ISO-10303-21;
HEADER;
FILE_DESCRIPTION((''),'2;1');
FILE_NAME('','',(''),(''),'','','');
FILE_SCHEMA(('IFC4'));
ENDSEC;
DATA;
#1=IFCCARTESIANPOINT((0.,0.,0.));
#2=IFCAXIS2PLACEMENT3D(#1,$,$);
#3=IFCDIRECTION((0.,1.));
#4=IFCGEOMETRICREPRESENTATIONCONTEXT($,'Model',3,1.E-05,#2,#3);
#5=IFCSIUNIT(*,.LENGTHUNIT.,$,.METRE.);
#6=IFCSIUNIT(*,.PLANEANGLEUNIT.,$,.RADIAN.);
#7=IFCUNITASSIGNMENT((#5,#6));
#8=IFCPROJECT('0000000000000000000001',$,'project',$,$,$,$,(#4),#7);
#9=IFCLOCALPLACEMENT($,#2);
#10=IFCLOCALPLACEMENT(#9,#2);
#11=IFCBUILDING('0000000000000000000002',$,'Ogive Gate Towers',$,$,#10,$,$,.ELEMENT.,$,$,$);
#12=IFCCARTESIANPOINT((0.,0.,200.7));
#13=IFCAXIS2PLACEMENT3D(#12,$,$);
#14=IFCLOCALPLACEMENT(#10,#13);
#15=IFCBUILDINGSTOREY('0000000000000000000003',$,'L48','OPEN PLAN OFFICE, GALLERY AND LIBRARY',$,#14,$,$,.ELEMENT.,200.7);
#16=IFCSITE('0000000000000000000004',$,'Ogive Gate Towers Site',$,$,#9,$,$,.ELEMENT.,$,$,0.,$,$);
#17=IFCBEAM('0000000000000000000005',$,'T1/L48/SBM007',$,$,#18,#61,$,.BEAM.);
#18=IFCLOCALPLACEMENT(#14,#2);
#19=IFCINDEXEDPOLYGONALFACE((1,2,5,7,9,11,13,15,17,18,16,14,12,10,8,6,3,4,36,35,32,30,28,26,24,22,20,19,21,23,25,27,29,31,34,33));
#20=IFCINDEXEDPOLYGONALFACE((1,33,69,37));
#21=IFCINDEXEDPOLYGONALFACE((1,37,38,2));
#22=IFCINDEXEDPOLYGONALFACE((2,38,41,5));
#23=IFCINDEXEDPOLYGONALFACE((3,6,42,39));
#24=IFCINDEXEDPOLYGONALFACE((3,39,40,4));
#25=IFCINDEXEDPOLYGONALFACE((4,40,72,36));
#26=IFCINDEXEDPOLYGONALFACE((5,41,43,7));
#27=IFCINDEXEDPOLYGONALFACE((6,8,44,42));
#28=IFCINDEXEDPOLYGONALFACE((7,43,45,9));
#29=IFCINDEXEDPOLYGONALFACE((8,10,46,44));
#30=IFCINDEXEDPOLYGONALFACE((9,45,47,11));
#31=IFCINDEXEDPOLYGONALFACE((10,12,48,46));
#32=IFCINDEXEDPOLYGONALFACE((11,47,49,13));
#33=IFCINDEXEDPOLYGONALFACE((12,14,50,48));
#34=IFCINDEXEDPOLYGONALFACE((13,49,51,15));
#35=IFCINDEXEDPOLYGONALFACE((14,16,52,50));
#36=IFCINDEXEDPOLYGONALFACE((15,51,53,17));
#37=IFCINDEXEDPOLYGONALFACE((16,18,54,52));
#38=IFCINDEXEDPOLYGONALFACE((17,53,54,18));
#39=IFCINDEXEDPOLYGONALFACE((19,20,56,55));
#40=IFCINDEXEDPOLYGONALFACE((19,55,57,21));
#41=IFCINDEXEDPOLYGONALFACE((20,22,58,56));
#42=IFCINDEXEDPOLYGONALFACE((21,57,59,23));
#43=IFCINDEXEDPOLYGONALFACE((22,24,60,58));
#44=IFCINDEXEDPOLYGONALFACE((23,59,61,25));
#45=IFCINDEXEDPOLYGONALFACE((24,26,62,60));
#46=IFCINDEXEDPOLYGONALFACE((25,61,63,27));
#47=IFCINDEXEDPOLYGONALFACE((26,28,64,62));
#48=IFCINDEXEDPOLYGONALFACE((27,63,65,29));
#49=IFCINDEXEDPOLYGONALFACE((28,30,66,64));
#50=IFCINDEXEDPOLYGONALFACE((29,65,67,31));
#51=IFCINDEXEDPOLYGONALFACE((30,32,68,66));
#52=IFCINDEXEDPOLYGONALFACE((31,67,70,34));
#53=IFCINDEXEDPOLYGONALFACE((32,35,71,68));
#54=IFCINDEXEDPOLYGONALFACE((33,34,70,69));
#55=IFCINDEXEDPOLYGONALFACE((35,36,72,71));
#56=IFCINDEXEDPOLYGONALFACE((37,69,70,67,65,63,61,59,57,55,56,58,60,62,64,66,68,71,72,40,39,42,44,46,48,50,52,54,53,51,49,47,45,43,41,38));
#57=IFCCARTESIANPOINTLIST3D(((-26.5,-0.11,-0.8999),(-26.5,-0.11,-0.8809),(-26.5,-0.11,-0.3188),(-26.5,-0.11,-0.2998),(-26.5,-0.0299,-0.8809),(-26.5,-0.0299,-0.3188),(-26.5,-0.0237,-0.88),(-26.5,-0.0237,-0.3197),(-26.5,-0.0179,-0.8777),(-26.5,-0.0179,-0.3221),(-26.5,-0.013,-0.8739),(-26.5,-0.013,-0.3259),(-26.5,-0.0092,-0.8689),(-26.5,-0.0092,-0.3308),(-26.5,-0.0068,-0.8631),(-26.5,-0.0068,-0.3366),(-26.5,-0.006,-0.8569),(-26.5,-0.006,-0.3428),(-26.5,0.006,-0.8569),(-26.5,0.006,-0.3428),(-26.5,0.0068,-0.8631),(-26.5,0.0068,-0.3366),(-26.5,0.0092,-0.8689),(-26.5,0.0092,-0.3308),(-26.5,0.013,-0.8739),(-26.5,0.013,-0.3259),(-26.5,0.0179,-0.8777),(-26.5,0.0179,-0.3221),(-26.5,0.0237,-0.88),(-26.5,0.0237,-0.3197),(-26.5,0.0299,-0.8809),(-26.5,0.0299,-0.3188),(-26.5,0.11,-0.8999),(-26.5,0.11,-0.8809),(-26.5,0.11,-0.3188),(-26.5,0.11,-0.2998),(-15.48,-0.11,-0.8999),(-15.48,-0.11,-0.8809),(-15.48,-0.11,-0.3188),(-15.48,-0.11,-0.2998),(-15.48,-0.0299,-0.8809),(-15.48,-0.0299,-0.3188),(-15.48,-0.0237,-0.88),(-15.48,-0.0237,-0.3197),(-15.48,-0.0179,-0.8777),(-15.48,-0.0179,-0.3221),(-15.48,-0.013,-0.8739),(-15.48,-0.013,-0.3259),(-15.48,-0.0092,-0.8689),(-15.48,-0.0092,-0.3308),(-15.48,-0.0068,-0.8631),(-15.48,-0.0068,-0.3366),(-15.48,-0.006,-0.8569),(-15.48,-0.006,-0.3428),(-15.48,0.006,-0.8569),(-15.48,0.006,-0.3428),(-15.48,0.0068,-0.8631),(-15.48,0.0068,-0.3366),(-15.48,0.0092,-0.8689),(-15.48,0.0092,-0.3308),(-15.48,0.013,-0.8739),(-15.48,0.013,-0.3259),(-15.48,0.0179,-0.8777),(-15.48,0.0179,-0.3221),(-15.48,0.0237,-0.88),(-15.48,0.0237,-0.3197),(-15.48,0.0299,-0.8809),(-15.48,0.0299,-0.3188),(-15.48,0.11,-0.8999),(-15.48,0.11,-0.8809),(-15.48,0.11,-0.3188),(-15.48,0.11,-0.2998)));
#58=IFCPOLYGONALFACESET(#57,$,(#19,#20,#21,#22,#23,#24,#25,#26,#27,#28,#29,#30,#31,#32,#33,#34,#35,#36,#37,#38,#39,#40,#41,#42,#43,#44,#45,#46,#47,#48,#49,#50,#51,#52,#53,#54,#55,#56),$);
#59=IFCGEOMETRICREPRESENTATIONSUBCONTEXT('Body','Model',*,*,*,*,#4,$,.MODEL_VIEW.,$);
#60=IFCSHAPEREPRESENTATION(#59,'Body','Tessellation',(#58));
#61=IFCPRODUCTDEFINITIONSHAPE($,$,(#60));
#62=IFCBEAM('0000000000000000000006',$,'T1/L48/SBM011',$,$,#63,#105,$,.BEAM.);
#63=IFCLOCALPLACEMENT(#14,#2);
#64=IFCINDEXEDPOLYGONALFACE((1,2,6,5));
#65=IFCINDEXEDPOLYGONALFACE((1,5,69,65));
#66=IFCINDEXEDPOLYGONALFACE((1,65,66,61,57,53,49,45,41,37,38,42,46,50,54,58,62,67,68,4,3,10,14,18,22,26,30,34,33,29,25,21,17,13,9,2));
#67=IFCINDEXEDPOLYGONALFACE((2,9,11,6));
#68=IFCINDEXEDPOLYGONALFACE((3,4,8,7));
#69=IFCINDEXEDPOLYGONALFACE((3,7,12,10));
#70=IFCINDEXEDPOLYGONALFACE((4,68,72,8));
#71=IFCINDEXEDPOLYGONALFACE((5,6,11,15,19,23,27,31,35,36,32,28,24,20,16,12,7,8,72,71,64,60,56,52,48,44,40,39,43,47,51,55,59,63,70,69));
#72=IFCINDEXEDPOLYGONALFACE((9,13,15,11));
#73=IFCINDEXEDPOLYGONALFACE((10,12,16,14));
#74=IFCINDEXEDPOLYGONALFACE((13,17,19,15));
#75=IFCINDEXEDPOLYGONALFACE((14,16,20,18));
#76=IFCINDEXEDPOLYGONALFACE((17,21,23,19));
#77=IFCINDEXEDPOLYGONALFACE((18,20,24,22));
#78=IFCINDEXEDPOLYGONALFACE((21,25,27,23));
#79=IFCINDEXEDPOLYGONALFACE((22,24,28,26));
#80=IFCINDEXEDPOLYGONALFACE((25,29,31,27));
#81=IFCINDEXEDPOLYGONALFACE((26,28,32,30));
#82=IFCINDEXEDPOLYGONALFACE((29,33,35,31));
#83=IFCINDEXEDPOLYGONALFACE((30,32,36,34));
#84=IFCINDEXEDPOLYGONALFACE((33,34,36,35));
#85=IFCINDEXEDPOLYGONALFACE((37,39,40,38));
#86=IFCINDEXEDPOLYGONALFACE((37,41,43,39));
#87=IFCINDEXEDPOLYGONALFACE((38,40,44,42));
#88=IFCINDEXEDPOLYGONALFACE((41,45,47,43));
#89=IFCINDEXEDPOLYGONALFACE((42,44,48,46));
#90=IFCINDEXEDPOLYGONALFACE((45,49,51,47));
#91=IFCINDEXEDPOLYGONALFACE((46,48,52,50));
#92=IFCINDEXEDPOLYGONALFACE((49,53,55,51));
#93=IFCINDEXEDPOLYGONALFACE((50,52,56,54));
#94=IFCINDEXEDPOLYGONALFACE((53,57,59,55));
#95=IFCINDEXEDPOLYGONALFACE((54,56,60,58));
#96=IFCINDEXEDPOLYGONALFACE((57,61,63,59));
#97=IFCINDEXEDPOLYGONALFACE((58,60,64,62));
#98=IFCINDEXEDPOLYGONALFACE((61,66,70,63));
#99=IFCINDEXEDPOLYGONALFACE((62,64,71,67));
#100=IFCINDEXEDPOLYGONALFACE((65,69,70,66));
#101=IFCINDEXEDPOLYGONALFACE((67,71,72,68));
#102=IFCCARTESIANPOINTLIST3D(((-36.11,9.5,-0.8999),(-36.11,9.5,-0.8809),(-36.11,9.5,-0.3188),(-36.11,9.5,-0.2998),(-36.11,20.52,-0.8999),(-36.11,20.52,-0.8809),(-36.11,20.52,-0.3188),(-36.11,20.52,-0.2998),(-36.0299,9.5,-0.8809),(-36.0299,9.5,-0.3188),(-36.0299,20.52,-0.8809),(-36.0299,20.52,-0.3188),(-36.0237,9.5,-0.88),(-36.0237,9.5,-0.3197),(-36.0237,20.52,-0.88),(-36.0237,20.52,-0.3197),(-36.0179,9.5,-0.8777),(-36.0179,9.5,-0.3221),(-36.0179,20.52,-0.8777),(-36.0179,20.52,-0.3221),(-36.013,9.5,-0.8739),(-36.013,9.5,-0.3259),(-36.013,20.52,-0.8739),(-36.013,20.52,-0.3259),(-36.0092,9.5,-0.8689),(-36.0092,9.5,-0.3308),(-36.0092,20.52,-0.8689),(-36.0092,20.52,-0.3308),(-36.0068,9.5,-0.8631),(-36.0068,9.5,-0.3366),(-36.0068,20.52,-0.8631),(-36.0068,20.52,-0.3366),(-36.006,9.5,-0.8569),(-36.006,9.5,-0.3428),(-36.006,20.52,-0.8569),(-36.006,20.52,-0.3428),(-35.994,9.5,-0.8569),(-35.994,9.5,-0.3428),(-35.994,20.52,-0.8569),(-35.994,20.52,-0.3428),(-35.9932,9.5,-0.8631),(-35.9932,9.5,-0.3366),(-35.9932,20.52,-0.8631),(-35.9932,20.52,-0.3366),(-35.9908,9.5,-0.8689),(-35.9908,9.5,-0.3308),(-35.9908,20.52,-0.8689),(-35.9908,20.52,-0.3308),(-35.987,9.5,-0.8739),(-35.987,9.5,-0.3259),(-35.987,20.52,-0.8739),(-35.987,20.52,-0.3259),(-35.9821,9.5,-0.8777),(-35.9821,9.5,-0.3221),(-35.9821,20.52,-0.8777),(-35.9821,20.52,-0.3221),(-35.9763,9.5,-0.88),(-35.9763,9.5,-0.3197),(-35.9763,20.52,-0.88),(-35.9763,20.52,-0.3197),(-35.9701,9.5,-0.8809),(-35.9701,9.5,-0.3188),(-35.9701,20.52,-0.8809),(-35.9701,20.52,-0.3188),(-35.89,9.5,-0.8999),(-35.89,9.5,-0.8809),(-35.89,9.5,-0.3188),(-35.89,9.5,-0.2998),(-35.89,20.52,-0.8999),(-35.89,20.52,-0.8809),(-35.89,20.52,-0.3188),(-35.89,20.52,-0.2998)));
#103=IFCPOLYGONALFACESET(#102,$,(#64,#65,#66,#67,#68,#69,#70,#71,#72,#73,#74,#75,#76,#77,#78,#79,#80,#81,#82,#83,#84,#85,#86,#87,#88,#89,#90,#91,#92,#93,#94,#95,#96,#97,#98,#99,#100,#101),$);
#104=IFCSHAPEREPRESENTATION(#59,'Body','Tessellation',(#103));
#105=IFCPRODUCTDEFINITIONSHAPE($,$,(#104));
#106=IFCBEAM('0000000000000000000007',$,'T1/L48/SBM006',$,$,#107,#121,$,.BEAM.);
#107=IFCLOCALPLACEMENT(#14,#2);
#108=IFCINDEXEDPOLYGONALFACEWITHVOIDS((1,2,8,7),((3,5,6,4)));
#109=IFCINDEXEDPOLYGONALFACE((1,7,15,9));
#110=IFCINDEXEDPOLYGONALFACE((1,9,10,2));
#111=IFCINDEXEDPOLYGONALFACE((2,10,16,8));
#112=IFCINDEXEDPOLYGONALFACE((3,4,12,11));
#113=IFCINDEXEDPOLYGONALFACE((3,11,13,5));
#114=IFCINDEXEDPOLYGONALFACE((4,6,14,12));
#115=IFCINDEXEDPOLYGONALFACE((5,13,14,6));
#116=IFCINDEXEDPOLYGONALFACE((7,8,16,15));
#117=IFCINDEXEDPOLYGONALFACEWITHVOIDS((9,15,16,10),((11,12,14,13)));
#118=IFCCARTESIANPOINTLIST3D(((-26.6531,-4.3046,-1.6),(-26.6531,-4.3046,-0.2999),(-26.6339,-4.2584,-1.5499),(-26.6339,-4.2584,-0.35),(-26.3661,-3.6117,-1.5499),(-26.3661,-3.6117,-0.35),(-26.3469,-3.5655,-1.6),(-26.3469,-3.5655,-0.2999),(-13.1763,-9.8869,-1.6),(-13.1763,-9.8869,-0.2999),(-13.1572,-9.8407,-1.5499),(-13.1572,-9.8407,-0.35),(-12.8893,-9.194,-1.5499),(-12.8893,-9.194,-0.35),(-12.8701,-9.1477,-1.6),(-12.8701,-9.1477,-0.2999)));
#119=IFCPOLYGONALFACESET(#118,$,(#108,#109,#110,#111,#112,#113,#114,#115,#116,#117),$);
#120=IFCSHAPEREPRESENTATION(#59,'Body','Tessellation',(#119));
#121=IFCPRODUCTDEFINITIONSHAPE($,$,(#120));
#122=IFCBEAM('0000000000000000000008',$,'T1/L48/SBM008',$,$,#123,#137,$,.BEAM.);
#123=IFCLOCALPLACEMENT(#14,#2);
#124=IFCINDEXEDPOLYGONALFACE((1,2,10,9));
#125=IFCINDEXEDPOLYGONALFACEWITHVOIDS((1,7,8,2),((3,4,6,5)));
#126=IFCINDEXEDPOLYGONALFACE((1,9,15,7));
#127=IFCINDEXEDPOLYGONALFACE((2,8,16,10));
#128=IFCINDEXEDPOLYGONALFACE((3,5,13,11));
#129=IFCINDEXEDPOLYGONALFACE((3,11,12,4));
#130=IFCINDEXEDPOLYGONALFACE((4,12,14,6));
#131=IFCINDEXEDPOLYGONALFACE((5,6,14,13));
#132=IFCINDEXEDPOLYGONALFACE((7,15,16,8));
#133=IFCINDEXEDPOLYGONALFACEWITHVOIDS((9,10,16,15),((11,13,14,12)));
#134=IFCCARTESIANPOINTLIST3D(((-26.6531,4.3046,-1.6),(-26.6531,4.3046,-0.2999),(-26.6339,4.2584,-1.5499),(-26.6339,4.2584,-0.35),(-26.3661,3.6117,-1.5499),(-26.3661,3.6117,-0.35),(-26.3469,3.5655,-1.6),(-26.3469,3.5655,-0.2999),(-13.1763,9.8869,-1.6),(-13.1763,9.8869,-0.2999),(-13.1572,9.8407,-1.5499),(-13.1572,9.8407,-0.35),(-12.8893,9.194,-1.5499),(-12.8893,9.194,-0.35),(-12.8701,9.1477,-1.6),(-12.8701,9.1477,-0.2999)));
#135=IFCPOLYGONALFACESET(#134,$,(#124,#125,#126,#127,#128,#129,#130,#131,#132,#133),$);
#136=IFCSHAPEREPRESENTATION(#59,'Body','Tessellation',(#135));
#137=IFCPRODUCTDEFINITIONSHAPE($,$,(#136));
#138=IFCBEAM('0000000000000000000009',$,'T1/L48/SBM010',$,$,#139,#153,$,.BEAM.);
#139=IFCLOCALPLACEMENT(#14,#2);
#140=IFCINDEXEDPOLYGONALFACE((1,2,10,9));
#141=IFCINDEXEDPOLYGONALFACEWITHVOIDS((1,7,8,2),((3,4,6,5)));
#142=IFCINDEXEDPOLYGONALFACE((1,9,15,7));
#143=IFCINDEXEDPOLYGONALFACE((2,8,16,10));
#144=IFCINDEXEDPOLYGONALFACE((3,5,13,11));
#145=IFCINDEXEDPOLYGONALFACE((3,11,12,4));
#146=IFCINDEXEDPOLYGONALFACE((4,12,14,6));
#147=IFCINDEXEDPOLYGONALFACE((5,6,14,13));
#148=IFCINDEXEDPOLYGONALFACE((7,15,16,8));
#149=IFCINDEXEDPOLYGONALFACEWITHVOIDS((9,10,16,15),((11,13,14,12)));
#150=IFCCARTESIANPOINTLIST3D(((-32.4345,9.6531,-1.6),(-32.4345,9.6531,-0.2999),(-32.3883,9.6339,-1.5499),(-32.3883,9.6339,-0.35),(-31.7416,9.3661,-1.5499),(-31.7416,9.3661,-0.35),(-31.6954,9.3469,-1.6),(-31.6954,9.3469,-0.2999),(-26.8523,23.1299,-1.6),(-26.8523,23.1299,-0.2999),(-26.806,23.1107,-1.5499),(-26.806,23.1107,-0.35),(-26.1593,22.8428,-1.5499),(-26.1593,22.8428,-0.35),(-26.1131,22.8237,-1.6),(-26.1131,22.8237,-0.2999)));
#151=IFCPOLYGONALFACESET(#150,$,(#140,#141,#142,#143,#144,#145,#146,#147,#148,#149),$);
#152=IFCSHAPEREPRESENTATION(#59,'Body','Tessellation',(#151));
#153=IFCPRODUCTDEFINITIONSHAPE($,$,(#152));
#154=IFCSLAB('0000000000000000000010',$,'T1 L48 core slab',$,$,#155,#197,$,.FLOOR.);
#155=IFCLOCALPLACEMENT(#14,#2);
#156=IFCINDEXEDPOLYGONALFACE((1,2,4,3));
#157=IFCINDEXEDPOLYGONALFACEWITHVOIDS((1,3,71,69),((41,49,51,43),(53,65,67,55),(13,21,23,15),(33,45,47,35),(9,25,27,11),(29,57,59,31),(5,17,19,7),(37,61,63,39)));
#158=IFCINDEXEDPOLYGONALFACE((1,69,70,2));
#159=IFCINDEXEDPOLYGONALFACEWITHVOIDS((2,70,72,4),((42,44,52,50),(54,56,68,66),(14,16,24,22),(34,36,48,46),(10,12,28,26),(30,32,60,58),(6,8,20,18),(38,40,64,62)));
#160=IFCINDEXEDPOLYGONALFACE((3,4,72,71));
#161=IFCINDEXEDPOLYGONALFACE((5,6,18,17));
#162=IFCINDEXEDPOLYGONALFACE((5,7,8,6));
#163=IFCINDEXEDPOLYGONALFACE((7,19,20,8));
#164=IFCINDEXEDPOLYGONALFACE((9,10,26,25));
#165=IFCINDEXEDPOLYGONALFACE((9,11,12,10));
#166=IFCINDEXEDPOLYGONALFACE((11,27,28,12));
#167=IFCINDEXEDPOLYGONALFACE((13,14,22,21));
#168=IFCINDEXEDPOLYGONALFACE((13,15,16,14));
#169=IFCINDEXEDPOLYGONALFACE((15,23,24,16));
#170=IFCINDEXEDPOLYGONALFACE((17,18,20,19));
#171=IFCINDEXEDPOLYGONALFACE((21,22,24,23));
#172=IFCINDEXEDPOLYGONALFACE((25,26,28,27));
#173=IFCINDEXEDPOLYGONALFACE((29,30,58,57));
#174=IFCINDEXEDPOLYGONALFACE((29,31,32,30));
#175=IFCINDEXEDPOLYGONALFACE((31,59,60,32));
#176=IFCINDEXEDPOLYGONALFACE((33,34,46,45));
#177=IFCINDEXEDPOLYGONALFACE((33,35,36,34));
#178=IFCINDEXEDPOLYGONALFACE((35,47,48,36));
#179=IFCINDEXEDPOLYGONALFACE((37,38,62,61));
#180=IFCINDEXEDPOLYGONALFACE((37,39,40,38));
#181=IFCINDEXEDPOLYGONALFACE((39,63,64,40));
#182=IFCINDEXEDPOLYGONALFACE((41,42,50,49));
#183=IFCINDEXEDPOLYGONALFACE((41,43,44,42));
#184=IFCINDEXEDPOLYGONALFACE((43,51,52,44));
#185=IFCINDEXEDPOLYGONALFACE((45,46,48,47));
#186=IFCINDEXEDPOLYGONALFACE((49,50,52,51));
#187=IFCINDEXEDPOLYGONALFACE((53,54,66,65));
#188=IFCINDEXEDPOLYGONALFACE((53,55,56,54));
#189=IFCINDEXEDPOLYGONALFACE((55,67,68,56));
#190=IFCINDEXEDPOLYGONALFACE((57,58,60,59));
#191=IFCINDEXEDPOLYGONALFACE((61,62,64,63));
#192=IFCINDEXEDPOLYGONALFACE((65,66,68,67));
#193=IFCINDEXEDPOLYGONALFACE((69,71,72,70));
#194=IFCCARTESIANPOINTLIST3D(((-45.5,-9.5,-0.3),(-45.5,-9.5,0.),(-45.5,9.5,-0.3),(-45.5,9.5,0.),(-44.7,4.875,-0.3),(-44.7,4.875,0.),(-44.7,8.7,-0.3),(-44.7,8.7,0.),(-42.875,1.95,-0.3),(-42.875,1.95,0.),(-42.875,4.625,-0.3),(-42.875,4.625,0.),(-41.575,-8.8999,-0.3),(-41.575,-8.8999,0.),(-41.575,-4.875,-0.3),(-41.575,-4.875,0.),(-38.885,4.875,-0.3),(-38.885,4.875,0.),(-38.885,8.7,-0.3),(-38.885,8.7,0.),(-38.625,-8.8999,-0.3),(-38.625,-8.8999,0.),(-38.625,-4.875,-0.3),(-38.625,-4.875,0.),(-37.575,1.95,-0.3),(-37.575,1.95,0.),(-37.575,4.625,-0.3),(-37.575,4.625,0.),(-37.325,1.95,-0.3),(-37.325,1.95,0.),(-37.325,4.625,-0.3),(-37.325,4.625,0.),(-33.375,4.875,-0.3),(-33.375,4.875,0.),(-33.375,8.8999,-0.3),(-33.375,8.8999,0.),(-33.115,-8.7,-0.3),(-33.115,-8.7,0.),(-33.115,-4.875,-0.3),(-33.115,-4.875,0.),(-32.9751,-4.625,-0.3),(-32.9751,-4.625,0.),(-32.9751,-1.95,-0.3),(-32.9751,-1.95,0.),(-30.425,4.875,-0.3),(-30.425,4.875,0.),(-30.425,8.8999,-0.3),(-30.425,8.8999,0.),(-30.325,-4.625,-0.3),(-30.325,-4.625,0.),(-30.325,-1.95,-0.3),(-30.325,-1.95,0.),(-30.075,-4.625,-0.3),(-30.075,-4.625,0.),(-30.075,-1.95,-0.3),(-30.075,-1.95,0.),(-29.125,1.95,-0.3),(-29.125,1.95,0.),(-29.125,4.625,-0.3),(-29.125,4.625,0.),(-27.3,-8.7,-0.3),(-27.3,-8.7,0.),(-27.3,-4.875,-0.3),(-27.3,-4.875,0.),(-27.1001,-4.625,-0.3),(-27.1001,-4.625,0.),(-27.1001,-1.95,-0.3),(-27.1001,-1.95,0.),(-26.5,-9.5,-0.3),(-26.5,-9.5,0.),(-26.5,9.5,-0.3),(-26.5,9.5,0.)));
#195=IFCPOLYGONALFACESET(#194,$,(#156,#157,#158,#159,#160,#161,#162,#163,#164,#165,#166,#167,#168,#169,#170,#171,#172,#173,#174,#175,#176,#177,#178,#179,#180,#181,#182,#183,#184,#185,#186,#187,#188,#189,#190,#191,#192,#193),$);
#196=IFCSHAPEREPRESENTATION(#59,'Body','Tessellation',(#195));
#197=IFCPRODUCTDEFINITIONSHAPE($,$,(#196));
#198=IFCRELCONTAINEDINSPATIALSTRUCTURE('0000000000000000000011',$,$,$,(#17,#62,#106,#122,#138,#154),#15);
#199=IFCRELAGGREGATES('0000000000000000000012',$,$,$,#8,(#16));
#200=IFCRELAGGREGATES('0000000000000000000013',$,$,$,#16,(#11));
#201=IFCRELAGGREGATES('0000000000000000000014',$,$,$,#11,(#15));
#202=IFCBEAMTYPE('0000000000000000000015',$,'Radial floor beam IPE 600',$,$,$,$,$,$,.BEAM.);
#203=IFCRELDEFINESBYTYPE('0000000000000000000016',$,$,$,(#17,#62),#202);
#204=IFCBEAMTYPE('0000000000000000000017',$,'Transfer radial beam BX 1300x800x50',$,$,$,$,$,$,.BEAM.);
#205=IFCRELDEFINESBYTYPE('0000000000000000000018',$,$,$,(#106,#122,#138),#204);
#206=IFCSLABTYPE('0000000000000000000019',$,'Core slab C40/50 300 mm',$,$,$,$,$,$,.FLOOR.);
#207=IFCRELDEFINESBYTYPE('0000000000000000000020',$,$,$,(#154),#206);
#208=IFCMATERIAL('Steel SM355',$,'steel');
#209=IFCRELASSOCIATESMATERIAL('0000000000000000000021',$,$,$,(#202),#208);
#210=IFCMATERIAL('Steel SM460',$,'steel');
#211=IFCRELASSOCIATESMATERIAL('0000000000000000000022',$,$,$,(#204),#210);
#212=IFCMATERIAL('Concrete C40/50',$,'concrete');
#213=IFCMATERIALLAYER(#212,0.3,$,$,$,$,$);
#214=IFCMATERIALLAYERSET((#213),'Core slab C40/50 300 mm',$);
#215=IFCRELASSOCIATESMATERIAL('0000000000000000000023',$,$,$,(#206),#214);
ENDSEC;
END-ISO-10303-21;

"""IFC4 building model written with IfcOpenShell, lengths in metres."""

from ifc_helpers import new_model, si_unit, direction, frame, origin, origin_2d, place, context, subcontext, project, spatial, polyline, hollow_rectangle, i_section, outline, extrude, material, layer, layer_set, material_profile, profile_set, type_object, element, save


model = new_model("IFC4")

# Units and contexts
model_context = context("Model", 3, precision=1e-05, world=origin(), true_north=direction((0.0, 1.0)))
body_context = subcontext(model_context, "Body", "Model", "MODEL_VIEW")
ifc_project = project(units=[si_unit("LENGTHUNIT", "METRE"), si_unit("PLANEANGLEUNIT", "RADIAN")], contexts=[model_context])

# Site, building, storey
site_placement = place(None, origin())
site = spatial("IfcSite", under=ifc_project, at=site_placement, Name="Ogive Gate Towers Site", CompositionType="ELEMENT", RefElevation=0.0)
building_placement = place(site_placement, origin())
building = spatial("IfcBuilding", under=site, at=building_placement, Name="Ogive Gate Towers", CompositionType="ELEMENT")
storey_placement = place(building_placement, frame((0.0, 0.0, 200.7)))
storey = spatial("IfcBuildingStorey", under=building, at=storey_placement, Name="L48", Description="OPEN PLAN OFFICE, GALLERY AND LIBRARY", CompositionType="ELEMENT", Elevation=200.7)

# Shared definitions
ifc_material_1 = material(Name="Steel SM460", Category="steel")

# Beams
ifc_material_2 = material(Name="Steel SM355", Category="steel")
ifc_material_profile_1 = material_profile(ifc_material_2, i_section(OverallWidth=0.22, OverallDepth=0.6001, WebThickness=0.012, FlangeThickness=0.019, FilletRadius=0.0239, at=origin_2d()), Name="IPE 600")
ifc_profile_set_1 = profile_set([ifc_material_profile_1], Name="Steel SM355")
beam_type_1 = type_object("IfcBeamType", Name="Radial floor beam IPE 600", PredefinedType="BEAM", material=ifc_profile_set_1)
for number, where, z_axis, x_axis, name in (
    (1, (-26.5, 0.0, -0.5999), (1.0, 0.0, 0.0), (0.0, 1.0, 0.0), "T1/L48/SBM007"),
    (2, (-36.0, 9.5, -0.5999), (0.0, 1.0, 0.0), (-1.0, 0.0, 0.0), "T1/L48/SBM011"),
):
    element("IfcBeam", number, at=place(storey_placement, frame(where, z_axis=z_axis, x_axis=x_axis)), inside=storey, type_object=beam_type_1, Name=name, PredefinedType="BEAM", context=body_context, shape_type="SweptSolid", body=[
        extrude(i_section(OverallWidth=0.22, OverallDepth=0.6001, WebThickness=0.012, FlangeThickness=0.019, FilletRadius=0.0239, at=origin_2d()), origin(), (0.0, 0.0, 1.0), 11.02),
    ])
ifc_material_profile_2 = material_profile(ifc_material_1, hollow_rectangle(XDim=0.8, YDim=1.3, WallThickness=0.05, at=origin_2d()), Name="BX 1300x800x50")
ifc_profile_set_2 = profile_set([ifc_material_profile_2], Name="Steel SM460")
beam_type_2 = type_object("IfcBeamType", Name="Transfer radial beam BX 1300x800x50", PredefinedType="BEAM", material=ifc_profile_set_2)
for number, where, z_axis, x_axis, name in (
    (3, (-26.5, -3.9351, -0.95), (0.92388, -0.382683, 0.0), (0.382683, 0.92388, 0.0), "T1/L48/SBM006"),
    (4, (-26.5, 3.9351, -0.95), (0.92388, 0.382683, 0.0), (-0.382683, 0.92388, 0.0), "T1/L48/SBM008"),
    (5, (-32.0649, 9.5, -0.95), (0.382683, 0.92388, 0.0), (-0.92388, 0.382683, 0.0), "T1/L48/SBM010"),
):
    element("IfcBeam", number, at=place(storey_placement, frame(where, z_axis=z_axis, x_axis=x_axis)), inside=storey, type_object=beam_type_2, Name=name, PredefinedType="BEAM", context=body_context, shape_type="SweptSolid", body=[
        extrude(hollow_rectangle(XDim=0.8, YDim=1.3, WallThickness=0.05, at=origin_2d()), origin(), (0.0, 0.0, 1.0), 14.5872),
    ])

# Slab
ifc_material_3 = material(Name="Concrete C40/50", Category="concrete")
ifc_layer_1 = layer(ifc_material_3, 0.3)
ifc_layer_set_1 = layer_set([ifc_layer_1], Name="Core slab C40/50 300 mm")
slab_type_1 = type_object("IfcSlabType", Name="Core slab C40/50 300 mm", PredefinedType="FLOOR", material=ifc_layer_set_1)
slab_1_placement = place(storey_placement, frame((0.0, 0.0, -0.3)))
element("IfcSlab", 6, at=slab_1_placement, inside=storey, type_object=slab_type_1, Name="T1 L48 core slab", PredefinedType="FLOOR", context=body_context, shape_type="SweptSolid", body=[
    extrude(outline(polyline([(-45.5, -9.5), (-45.5, 9.5), (-26.5, 9.5), (-26.5, -9.5), (-45.5, -9.5)]), holes=[polyline([(-42.875, 1.95), (-37.575, 1.95), (-37.575, 4.625), (-42.875, 4.625), (-42.875, 1.95)]), polyline([(-37.325, 4.625), (-37.325, 1.95), (-29.125, 1.95), (-29.125, 4.625), (-37.325, 4.625)]), polyline([(-30.325, -1.95), (-32.9751, -1.95), (-32.9751, -4.625), (-30.325, -4.625), (-30.325, -1.95)]), polyline([(-27.1001, -4.625), (-27.1001, -1.95), (-30.075, -1.95), (-30.075, -4.625), (-27.1001, -4.625)]), polyline([(-33.375, 4.875), (-30.425, 4.875), (-30.425, 8.8999), (-33.375, 8.8999), (-33.375, 4.875)]), polyline([(-41.575, -4.875), (-41.575, -8.8999), (-38.625, -8.8999), (-38.625, -4.875), (-41.575, -4.875)]), polyline([(-44.7, 4.875), (-38.885, 4.875), (-38.885, 8.7), (-44.7, 8.7), (-44.7, 4.875)]), polyline([(-27.3, -8.7), (-27.3, -4.875), (-33.115, -4.875), (-33.115, -8.7), (-27.3, -8.7)])]), origin(), (0.0, 0.0, 1.0), 0.3),
])

save(model, "model.ifc")
